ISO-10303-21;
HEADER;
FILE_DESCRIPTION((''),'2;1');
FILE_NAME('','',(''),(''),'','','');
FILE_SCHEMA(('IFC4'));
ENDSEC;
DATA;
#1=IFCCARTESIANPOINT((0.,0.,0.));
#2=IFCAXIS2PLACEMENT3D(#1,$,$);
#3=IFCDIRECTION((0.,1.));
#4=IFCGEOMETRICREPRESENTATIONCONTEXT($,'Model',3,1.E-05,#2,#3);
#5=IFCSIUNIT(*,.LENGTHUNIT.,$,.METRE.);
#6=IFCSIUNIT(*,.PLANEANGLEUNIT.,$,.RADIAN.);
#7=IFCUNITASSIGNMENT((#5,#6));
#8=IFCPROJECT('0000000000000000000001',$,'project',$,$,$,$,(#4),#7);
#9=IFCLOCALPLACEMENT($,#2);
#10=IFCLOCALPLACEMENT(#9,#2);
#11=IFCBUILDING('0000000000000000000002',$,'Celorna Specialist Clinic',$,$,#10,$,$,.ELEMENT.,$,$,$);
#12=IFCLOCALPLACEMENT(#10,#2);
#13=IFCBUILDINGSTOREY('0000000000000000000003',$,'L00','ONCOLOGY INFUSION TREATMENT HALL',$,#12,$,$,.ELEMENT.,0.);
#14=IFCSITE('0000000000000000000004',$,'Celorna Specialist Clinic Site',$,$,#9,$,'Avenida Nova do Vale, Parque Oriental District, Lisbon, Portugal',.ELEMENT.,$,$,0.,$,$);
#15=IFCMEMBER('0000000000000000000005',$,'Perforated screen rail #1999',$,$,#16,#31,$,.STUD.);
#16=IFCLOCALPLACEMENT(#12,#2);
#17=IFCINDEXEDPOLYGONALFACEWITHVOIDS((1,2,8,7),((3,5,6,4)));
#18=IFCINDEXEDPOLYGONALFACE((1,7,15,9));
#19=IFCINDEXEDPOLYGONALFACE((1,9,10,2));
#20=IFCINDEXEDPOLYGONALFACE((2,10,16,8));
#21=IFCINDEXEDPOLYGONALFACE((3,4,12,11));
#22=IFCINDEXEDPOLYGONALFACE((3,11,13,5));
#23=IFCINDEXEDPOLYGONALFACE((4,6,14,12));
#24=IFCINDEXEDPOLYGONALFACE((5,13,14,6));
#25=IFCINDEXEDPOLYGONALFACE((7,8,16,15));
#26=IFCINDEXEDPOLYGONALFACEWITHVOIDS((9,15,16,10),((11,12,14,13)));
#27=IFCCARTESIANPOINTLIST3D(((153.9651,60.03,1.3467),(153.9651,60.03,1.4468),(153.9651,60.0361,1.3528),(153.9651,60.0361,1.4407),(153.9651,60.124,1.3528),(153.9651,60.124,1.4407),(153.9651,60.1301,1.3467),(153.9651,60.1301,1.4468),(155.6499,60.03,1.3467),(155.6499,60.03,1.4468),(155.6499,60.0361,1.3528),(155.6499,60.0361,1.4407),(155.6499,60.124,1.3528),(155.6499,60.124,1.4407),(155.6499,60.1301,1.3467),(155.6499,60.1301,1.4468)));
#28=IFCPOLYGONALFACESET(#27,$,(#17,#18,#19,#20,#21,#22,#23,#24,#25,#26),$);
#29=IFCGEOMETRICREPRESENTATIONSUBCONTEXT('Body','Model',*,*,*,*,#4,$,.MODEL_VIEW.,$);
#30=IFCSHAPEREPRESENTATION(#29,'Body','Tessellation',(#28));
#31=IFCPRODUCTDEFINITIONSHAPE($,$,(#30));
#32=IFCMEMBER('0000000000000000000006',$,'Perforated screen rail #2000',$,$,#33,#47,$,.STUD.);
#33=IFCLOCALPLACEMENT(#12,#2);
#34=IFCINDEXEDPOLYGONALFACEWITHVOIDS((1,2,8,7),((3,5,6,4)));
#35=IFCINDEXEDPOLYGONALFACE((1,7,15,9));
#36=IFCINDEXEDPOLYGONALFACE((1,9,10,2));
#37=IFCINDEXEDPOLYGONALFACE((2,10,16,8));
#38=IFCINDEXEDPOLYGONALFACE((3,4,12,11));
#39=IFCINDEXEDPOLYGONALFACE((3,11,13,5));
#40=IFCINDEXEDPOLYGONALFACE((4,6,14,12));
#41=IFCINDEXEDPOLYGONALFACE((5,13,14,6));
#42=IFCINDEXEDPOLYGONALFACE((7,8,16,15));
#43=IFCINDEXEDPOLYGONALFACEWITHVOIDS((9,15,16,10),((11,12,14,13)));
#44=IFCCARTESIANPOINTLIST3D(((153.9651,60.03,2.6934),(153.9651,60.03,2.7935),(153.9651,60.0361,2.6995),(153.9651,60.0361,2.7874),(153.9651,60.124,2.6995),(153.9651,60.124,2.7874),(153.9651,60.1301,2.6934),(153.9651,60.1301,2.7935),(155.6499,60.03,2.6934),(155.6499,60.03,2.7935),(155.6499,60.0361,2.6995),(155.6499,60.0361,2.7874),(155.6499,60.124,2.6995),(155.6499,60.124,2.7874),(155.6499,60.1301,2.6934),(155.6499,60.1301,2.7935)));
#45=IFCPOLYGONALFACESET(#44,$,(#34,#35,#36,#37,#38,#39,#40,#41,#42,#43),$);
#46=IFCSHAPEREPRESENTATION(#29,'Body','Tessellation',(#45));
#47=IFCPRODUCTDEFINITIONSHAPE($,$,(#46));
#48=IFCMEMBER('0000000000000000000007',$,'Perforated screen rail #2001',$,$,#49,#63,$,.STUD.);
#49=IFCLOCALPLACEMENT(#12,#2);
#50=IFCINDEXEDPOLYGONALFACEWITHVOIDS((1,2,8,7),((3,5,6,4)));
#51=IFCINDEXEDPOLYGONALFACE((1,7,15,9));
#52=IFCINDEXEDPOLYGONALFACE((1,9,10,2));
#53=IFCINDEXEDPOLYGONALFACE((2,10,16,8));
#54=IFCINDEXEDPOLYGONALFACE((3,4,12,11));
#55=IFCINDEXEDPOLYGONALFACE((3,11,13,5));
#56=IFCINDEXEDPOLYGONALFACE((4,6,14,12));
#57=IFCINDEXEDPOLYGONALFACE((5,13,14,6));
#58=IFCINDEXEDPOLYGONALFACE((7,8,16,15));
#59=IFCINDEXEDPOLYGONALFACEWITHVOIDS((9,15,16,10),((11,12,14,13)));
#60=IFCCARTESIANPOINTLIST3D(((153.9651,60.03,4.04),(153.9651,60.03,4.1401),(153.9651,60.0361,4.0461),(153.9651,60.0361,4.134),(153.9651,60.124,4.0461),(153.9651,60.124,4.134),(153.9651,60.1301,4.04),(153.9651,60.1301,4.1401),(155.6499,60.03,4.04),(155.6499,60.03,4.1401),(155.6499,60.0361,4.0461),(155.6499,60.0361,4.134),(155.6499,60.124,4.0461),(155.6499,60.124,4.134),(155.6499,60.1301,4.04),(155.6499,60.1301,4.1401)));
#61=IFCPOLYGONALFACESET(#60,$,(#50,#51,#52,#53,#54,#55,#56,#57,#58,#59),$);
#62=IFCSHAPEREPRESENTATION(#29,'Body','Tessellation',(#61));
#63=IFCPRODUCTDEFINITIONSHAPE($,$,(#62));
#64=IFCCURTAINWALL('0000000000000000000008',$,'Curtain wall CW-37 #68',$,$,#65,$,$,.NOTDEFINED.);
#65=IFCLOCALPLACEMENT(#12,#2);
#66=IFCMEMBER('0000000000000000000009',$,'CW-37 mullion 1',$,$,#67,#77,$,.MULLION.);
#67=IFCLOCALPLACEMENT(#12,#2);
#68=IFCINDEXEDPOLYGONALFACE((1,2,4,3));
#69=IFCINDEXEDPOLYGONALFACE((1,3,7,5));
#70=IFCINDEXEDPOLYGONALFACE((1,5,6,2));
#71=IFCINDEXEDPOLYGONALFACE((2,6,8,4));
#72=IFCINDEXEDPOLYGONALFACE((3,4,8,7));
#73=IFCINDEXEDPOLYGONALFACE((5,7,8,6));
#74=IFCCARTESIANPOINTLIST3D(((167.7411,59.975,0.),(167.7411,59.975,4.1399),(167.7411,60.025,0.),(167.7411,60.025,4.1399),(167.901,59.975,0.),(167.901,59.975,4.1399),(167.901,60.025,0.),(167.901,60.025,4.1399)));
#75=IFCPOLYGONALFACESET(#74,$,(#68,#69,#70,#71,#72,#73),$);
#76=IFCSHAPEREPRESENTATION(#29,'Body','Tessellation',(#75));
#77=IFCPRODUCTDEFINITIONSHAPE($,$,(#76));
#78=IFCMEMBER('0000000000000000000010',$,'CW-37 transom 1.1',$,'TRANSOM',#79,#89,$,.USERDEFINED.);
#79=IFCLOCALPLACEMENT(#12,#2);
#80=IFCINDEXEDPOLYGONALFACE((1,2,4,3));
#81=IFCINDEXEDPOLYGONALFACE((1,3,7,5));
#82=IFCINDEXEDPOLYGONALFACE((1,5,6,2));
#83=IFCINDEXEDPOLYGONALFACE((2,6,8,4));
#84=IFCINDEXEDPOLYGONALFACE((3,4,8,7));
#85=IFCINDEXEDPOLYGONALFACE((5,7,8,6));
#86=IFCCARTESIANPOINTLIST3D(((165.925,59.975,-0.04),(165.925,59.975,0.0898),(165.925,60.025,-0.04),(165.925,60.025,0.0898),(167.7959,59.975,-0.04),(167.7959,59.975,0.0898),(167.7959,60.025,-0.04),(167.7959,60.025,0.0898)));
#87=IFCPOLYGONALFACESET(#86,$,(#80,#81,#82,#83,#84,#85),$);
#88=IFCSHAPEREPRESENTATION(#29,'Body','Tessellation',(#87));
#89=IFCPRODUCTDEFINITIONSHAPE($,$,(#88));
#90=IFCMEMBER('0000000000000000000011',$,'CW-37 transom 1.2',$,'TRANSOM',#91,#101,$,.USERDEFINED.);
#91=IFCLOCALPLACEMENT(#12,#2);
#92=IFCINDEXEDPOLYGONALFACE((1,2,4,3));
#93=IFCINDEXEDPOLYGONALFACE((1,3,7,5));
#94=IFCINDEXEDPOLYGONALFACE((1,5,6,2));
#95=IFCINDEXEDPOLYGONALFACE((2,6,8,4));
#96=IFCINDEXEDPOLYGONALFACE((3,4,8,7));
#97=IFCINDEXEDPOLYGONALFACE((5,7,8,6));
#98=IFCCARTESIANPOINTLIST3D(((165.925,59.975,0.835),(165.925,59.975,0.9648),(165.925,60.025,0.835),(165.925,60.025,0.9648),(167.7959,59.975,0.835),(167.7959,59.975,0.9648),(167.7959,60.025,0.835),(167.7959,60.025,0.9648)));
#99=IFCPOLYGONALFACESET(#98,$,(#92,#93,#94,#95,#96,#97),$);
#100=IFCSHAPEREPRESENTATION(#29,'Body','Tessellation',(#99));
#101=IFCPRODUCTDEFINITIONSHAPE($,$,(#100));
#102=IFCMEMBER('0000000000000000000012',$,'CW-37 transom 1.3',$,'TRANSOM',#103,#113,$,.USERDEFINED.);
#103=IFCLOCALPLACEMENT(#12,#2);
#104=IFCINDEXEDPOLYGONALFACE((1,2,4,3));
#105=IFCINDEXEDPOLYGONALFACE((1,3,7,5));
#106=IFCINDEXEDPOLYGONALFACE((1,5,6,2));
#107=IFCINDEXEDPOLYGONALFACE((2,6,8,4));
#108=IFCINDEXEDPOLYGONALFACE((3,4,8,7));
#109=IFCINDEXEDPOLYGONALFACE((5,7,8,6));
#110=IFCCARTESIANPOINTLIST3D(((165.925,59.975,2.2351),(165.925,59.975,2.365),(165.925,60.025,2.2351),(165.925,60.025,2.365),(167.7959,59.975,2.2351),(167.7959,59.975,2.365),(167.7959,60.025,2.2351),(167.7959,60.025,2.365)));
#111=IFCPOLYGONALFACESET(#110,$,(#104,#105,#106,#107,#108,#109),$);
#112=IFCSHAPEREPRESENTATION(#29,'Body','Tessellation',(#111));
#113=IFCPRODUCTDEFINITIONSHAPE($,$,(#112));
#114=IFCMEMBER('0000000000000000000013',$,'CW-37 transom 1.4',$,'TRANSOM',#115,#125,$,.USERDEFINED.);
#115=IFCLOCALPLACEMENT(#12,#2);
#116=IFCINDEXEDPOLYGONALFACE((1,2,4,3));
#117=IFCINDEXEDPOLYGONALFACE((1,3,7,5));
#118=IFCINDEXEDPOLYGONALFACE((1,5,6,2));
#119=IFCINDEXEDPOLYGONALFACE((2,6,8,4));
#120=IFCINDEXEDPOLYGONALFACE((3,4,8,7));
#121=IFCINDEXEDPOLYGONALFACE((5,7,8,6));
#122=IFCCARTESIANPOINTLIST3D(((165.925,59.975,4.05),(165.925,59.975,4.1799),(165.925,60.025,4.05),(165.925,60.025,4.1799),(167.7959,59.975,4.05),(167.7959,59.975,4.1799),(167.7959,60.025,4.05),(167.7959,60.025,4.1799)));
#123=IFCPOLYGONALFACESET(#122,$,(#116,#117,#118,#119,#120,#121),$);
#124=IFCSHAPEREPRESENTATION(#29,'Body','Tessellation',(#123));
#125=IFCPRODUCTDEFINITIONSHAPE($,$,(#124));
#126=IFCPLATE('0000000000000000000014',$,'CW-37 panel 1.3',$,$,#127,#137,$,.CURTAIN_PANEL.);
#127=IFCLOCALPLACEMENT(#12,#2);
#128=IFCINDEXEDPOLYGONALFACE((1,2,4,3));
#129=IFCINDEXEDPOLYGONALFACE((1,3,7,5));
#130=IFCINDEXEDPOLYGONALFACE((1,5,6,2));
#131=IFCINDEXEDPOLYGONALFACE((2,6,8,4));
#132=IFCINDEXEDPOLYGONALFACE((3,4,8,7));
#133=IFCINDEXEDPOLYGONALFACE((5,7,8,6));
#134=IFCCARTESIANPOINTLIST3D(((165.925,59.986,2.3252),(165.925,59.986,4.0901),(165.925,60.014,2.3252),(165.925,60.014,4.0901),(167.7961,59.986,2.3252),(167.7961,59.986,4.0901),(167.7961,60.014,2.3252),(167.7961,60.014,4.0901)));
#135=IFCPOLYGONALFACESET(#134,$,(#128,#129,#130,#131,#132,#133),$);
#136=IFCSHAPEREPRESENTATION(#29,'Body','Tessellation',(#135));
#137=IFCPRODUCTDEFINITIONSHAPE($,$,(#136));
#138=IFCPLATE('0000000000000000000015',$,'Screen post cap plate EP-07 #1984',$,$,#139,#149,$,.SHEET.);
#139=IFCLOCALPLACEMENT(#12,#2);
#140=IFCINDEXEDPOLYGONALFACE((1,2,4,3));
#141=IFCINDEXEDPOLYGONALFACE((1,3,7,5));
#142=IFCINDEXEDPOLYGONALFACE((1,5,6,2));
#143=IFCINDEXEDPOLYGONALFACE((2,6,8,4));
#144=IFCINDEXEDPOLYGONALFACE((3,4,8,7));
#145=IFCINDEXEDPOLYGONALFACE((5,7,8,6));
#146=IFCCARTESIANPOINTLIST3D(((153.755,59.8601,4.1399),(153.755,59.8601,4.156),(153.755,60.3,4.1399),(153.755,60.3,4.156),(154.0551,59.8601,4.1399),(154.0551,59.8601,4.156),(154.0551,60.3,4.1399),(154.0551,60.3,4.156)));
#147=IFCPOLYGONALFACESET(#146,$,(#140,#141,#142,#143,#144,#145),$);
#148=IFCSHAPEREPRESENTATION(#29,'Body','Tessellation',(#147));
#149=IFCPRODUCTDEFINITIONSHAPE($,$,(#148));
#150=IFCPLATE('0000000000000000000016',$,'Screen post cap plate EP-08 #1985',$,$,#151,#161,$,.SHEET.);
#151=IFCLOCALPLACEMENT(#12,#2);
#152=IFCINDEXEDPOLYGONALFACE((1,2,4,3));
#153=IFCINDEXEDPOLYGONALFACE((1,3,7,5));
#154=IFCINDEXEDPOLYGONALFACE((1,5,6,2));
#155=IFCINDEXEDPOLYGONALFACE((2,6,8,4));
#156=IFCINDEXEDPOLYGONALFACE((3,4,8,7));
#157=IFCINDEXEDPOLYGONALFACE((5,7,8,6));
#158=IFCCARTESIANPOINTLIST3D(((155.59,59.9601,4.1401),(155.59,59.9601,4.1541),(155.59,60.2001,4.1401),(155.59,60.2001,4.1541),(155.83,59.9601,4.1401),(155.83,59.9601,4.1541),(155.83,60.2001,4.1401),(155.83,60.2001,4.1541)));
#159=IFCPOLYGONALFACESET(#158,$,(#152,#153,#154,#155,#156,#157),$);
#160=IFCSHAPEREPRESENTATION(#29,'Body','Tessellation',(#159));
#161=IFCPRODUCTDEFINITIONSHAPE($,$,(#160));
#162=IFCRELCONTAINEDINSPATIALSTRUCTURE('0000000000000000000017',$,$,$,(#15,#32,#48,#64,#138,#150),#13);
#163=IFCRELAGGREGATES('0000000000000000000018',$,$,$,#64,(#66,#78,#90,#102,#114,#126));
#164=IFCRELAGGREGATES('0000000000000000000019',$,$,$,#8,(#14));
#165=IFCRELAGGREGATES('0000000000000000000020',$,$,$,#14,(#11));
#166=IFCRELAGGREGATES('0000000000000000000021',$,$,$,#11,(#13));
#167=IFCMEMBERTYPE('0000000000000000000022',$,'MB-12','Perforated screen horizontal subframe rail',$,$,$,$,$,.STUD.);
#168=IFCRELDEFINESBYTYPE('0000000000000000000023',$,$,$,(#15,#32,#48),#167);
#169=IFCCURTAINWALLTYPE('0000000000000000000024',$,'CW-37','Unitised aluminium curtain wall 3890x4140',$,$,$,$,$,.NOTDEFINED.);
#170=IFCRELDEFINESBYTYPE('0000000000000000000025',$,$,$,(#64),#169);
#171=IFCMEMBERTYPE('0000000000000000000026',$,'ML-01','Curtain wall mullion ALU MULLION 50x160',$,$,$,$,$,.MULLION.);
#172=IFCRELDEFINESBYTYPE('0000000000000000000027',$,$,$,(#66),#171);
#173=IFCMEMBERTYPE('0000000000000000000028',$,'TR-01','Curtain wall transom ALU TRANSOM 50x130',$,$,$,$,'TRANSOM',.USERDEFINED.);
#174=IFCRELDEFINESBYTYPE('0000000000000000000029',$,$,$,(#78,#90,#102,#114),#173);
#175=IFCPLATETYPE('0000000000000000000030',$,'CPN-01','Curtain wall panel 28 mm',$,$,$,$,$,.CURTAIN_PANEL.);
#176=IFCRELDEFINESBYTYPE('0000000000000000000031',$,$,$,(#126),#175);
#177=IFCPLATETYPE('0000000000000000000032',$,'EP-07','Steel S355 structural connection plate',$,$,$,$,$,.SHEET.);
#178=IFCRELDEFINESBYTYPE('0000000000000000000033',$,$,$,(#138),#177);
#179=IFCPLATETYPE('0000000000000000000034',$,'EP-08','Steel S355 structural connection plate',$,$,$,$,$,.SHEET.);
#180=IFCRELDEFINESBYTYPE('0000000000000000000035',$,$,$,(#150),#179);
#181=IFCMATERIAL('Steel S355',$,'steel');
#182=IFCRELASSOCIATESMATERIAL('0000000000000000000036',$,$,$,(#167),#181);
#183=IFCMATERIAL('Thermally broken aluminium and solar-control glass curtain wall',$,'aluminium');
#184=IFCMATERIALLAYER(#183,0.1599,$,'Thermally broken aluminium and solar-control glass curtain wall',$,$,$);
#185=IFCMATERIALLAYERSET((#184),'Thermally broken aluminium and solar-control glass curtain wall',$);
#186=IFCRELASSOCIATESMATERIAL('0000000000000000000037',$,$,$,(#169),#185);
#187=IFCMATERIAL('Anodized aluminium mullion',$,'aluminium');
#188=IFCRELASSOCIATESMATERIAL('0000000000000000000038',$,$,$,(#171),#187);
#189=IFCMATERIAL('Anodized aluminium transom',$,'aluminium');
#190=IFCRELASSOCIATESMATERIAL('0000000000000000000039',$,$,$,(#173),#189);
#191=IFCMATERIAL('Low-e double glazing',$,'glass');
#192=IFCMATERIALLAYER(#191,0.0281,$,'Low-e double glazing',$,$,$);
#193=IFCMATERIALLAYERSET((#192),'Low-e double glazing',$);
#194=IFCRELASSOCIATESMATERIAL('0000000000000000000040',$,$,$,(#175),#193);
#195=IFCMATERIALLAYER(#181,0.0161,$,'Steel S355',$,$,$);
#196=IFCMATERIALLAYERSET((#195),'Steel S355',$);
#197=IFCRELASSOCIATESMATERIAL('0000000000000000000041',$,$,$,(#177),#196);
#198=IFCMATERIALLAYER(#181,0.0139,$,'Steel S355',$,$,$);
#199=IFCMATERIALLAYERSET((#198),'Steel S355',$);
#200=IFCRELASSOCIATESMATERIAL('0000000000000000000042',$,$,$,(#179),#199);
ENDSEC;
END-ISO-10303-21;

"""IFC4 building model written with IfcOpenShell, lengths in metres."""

from ifc_helpers import new_model, si_unit, direction, frame, origin, origin_2d, place, context, subcontext, project, spatial, rectangle, hollow_rectangle, extrude, material, layer, layer_set, material_profile, profile_set, type_object, element, aggregate, save


model = new_model("IFC4")

# Units and contexts
model_context = context("Model", 3, precision=1e-05, world=origin(), true_north=direction((0.0, 1.0)))
body_context = subcontext(model_context, "Body", "Model", "MODEL_VIEW")
ifc_project = project(units=[si_unit("LENGTHUNIT", "METRE"), si_unit("PLANEANGLEUNIT", "RADIAN")], contexts=[model_context])

# Site, building, storey
site_placement = place(None, origin())
site = spatial("IfcSite", under=ifc_project, at=site_placement, Name="Celorna Specialist Clinic Site", LongName="Avenida Nova do Vale, Parque Oriental District, Lisbon, Portugal", CompositionType="ELEMENT", RefElevation=0.0)
building_placement = place(site_placement, origin())
building = spatial("IfcBuilding", under=site, at=building_placement, Name="Celorna Specialist Clinic", CompositionType="ELEMENT")
storey_placement = place(building_placement, origin())
storey = spatial("IfcBuildingStorey", under=building, at=storey_placement, Name="L00", Description="ONCOLOGY INFUSION TREATMENT HALL", CompositionType="ELEMENT", Elevation=0.0)

# Shared definitions
ifc_material_1 = material(Name="Steel S355", Category="steel")

# Members
ifc_material_profile_1 = material_profile(ifc_material_1, hollow_rectangle(XDim=0.1001, YDim=0.1001, WallThickness=0.0061, at=origin_2d()), Name="SHS 100x100x6")
ifc_profile_set_1 = profile_set([ifc_material_profile_1], Name="Steel S355")
member_type_1 = type_object("IfcMemberType", Name="MB-12", Description="Perforated screen horizontal subframe rail", PredefinedType="STUD", material=ifc_profile_set_1)
for number, where, z_axis, x_axis, name in (
    (1, (153.9651, 60.0801, 1.3967), (1.0, 0.0, 0.0), (0.0, 1.0, 0.0), "Perforated screen rail #1999"),
    (2, (153.9651, 60.0801, 2.7434), (1.0, 0.0, 0.0), (0.0, 1.0, 0.0), "Perforated screen rail #2000"),
    (3, (153.9651, 60.0801, 4.0901), (1.0, 0.0, 0.0), (0.0, 1.0, 0.0), "Perforated screen rail #2001"),
):
    element("IfcMember", number, at=place(storey_placement, frame(where, z_axis=z_axis, x_axis=x_axis)), inside=storey, type_object=member_type_1, Name=name, PredefinedType="STUD", context=body_context, shape_type="SweptSolid", body=[
        extrude(hollow_rectangle(XDim=0.1001, YDim=0.1001, WallThickness=0.0061, at=origin_2d()), origin(), (0.0, 0.0, 1.0), 1.6848),
    ])

# Curtain wall, members, plate
ifc_material_2 = material(Name="Thermally broken aluminium and solar-control glass curtain wall", Category="aluminium")
ifc_layer_1 = layer(ifc_material_2, 0.1599, Name="Thermally broken aluminium and solar-control glass curtain wall")
ifc_layer_set_1 = layer_set([ifc_layer_1], Name="Thermally broken aluminium and solar-control glass curtain wall")
curtain_wall_type = type_object("IfcCurtainWallType", Name="CW-37", Description="Unitised aluminium curtain wall 3890x4140", PredefinedType="NOTDEFINED", material=ifc_layer_set_1)
curtain_wall_placement = place(storey_placement, origin())
curtain_wall = element("IfcCurtainWall", 4, at=curtain_wall_placement, inside=storey, type_object=curtain_wall_type, Name="Curtain wall CW-37 #68", PredefinedType="NOTDEFINED")
ifc_material_3 = material(Name="Anodized aluminium mullion", Category="aluminium")
ifc_material_profile_2 = material_profile(ifc_material_3, rectangle(XDim=0.05, YDim=0.1599, at=origin_2d()), Name="ALU MULLION 50x160")
ifc_profile_set_2 = profile_set([ifc_material_profile_2], Name="Anodized aluminium mullion")
member_type_2 = type_object("IfcMemberType", Name="ML-01", Description="Curtain wall mullion ALU MULLION 50x160", PredefinedType="MULLION", material=ifc_profile_set_2)
member_1_placement = place(storey_placement, frame((167.821, 60.0, 0.0), z_axis=(0.0, 0.0, 1.0), x_axis=(0.0, -1.0, 0.0)))
member_1 = element("IfcMember", 5, at=member_1_placement, type_object=member_type_2, Name="CW-37 mullion 1", PredefinedType="MULLION", context=body_context, shape_type="SweptSolid", body=[
    extrude(rectangle(XDim=0.05, YDim=0.1599, at=origin_2d()), origin(), (0.0, 0.0, 1.0), 4.1399),
])
ifc_material_4 = material(Name="Anodized aluminium transom", Category="aluminium")
ifc_material_profile_3 = material_profile(ifc_material_4, rectangle(XDim=0.05, YDim=0.1299, at=origin_2d()), Name="ALU TRANSOM 50x130")
ifc_profile_set_3 = profile_set([ifc_material_profile_3], Name="Anodized aluminium transom")
member_type_3 = type_object("IfcMemberType", Name="TR-01", Description="Curtain wall transom ALU TRANSOM 50x130", ElementType="TRANSOM", PredefinedType="USERDEFINED", material=ifc_profile_set_3)
member_2_placement = place(storey_placement, frame((167.7959, 60.0, 0.0249), z_axis=(-1.0, 0.0, 0.0), x_axis=(0.0, -1.0, 0.0)))
member_2 = element("IfcMember", 6, at=member_2_placement, type_object=member_type_3, Name="CW-37 transom 1.1", ObjectType="TRANSOM", PredefinedType="USERDEFINED", context=body_context, shape_type="SweptSolid", body=[
    extrude(rectangle(XDim=0.05, YDim=0.1299, at=origin_2d()), origin(), (0.0, 0.0, 1.0), 1.8708),
])
member_3_placement = place(storey_placement, frame((167.7959, 60.0, 0.8999), z_axis=(-1.0, 0.0, 0.0), x_axis=(0.0, -1.0, 0.0)))
member_3 = element("IfcMember", 7, at=member_3_placement, type_object=member_type_3, Name="CW-37 transom 1.2", ObjectType="TRANSOM", PredefinedType="USERDEFINED", context=body_context, shape_type="SweptSolid", body=[
    extrude(rectangle(XDim=0.05, YDim=0.1299, at=origin_2d()), origin(), (0.0, 0.0, 1.0), 1.8708),
])
member_4_placement = place(storey_placement, frame((167.7959, 60.0, 2.3), z_axis=(-1.0, 0.0, 0.0), x_axis=(0.0, -1.0, 0.0)))
member_4 = element("IfcMember", 8, at=member_4_placement, type_object=member_type_3, Name="CW-37 transom 1.3", ObjectType="TRANSOM", PredefinedType="USERDEFINED", context=body_context, shape_type="SweptSolid", body=[
    extrude(rectangle(XDim=0.05, YDim=0.1299, at=origin_2d()), origin(), (0.0, 0.0, 1.0), 1.8708),
])
member_5_placement = place(storey_placement, frame((167.7959, 60.0, 4.115), z_axis=(-1.0, 0.0, 0.0), x_axis=(0.0, -1.0, 0.0)))
member_5 = element("IfcMember", 9, at=member_5_placement, type_object=member_type_3, Name="CW-37 transom 1.4", ObjectType="TRANSOM", PredefinedType="USERDEFINED", context=body_context, shape_type="SweptSolid", body=[
    extrude(rectangle(XDim=0.05, YDim=0.1299, at=origin_2d()), origin(), (0.0, 0.0, 1.0), 1.8708),
])
ifc_material_5 = material(Name="Low-e double glazing", Category="glass")
ifc_layer_2 = layer(ifc_material_5, 0.0281, Name="Low-e double glazing")
ifc_layer_set_2 = layer_set([ifc_layer_2], Name="Low-e double glazing")
plate_type_1 = type_object("IfcPlateType", Name="CPN-01", Description="Curtain wall panel 28 mm", PredefinedType="CURTAIN_PANEL", material=ifc_layer_set_2)
plate_1_placement = place(storey_placement, frame((166.8606, 60.0, 2.3252), z_axis=(0.0, 0.0, 1.0), x_axis=(-1.0, 0.0, 0.0)))
plate_1 = element("IfcPlate", 10, at=plate_1_placement, type_object=plate_type_1, Name="CW-37 panel 1.3", PredefinedType="CURTAIN_PANEL", context=body_context, shape_type="SweptSolid", body=[
    extrude(rectangle(XDim=1.8711, YDim=0.0281, at=origin_2d()), origin(), (0.0, 0.0, 1.0), 1.7649),
])
aggregate(curtain_wall, [member_1, member_2, member_3, member_4, member_5, plate_1])

# Plates
ifc_layer_3 = layer(ifc_material_1, 0.0161, Name="Steel S355")
ifc_layer_set_3 = layer_set([ifc_layer_3], Name="Steel S355")
plate_type_2 = type_object("IfcPlateType", Name="EP-07", Description="Steel S355 structural connection plate", PredefinedType="SHEET", material=ifc_layer_set_3)
plate_2_placement = place(storey_placement, frame((153.905, 60.0801, 4.1399), z_axis=(0.0, 0.0, 1.0), x_axis=(1.0, 0.0, 0.0)))
element("IfcPlate", 11, at=plate_2_placement, inside=storey, type_object=plate_type_2, Name="Screen post cap plate EP-07 #1984", PredefinedType="SHEET", context=body_context, shape_type="SweptSolid", body=[
    extrude(rectangle(XDim=0.3, YDim=0.4399, at=origin_2d()), origin(), (0.0, 0.0, 1.0), 0.0161),
])
ifc_layer_4 = layer(ifc_material_1, 0.0139, Name="Steel S355")
ifc_layer_set_4 = layer_set([ifc_layer_4], Name="Steel S355")
plate_type_3 = type_object("IfcPlateType", Name="EP-08", Description="Steel S355 structural connection plate", PredefinedType="SHEET", material=ifc_layer_set_4)
plate_3_placement = place(storey_placement, frame((155.71, 60.0801, 4.1401), z_axis=(0.0, 0.0, 1.0), x_axis=(1.0, 0.0, 0.0)))
element("IfcPlate", 12, at=plate_3_placement, inside=storey, type_object=plate_type_3, Name="Screen post cap plate EP-08 #1985", PredefinedType="SHEET", context=body_context, shape_type="SweptSolid", body=[
    extrude(rectangle(XDim=0.24, YDim=0.24, at=origin_2d()), origin(), (0.0, 0.0, 1.0), 0.0139),
])

save(model, "model.ifc")
